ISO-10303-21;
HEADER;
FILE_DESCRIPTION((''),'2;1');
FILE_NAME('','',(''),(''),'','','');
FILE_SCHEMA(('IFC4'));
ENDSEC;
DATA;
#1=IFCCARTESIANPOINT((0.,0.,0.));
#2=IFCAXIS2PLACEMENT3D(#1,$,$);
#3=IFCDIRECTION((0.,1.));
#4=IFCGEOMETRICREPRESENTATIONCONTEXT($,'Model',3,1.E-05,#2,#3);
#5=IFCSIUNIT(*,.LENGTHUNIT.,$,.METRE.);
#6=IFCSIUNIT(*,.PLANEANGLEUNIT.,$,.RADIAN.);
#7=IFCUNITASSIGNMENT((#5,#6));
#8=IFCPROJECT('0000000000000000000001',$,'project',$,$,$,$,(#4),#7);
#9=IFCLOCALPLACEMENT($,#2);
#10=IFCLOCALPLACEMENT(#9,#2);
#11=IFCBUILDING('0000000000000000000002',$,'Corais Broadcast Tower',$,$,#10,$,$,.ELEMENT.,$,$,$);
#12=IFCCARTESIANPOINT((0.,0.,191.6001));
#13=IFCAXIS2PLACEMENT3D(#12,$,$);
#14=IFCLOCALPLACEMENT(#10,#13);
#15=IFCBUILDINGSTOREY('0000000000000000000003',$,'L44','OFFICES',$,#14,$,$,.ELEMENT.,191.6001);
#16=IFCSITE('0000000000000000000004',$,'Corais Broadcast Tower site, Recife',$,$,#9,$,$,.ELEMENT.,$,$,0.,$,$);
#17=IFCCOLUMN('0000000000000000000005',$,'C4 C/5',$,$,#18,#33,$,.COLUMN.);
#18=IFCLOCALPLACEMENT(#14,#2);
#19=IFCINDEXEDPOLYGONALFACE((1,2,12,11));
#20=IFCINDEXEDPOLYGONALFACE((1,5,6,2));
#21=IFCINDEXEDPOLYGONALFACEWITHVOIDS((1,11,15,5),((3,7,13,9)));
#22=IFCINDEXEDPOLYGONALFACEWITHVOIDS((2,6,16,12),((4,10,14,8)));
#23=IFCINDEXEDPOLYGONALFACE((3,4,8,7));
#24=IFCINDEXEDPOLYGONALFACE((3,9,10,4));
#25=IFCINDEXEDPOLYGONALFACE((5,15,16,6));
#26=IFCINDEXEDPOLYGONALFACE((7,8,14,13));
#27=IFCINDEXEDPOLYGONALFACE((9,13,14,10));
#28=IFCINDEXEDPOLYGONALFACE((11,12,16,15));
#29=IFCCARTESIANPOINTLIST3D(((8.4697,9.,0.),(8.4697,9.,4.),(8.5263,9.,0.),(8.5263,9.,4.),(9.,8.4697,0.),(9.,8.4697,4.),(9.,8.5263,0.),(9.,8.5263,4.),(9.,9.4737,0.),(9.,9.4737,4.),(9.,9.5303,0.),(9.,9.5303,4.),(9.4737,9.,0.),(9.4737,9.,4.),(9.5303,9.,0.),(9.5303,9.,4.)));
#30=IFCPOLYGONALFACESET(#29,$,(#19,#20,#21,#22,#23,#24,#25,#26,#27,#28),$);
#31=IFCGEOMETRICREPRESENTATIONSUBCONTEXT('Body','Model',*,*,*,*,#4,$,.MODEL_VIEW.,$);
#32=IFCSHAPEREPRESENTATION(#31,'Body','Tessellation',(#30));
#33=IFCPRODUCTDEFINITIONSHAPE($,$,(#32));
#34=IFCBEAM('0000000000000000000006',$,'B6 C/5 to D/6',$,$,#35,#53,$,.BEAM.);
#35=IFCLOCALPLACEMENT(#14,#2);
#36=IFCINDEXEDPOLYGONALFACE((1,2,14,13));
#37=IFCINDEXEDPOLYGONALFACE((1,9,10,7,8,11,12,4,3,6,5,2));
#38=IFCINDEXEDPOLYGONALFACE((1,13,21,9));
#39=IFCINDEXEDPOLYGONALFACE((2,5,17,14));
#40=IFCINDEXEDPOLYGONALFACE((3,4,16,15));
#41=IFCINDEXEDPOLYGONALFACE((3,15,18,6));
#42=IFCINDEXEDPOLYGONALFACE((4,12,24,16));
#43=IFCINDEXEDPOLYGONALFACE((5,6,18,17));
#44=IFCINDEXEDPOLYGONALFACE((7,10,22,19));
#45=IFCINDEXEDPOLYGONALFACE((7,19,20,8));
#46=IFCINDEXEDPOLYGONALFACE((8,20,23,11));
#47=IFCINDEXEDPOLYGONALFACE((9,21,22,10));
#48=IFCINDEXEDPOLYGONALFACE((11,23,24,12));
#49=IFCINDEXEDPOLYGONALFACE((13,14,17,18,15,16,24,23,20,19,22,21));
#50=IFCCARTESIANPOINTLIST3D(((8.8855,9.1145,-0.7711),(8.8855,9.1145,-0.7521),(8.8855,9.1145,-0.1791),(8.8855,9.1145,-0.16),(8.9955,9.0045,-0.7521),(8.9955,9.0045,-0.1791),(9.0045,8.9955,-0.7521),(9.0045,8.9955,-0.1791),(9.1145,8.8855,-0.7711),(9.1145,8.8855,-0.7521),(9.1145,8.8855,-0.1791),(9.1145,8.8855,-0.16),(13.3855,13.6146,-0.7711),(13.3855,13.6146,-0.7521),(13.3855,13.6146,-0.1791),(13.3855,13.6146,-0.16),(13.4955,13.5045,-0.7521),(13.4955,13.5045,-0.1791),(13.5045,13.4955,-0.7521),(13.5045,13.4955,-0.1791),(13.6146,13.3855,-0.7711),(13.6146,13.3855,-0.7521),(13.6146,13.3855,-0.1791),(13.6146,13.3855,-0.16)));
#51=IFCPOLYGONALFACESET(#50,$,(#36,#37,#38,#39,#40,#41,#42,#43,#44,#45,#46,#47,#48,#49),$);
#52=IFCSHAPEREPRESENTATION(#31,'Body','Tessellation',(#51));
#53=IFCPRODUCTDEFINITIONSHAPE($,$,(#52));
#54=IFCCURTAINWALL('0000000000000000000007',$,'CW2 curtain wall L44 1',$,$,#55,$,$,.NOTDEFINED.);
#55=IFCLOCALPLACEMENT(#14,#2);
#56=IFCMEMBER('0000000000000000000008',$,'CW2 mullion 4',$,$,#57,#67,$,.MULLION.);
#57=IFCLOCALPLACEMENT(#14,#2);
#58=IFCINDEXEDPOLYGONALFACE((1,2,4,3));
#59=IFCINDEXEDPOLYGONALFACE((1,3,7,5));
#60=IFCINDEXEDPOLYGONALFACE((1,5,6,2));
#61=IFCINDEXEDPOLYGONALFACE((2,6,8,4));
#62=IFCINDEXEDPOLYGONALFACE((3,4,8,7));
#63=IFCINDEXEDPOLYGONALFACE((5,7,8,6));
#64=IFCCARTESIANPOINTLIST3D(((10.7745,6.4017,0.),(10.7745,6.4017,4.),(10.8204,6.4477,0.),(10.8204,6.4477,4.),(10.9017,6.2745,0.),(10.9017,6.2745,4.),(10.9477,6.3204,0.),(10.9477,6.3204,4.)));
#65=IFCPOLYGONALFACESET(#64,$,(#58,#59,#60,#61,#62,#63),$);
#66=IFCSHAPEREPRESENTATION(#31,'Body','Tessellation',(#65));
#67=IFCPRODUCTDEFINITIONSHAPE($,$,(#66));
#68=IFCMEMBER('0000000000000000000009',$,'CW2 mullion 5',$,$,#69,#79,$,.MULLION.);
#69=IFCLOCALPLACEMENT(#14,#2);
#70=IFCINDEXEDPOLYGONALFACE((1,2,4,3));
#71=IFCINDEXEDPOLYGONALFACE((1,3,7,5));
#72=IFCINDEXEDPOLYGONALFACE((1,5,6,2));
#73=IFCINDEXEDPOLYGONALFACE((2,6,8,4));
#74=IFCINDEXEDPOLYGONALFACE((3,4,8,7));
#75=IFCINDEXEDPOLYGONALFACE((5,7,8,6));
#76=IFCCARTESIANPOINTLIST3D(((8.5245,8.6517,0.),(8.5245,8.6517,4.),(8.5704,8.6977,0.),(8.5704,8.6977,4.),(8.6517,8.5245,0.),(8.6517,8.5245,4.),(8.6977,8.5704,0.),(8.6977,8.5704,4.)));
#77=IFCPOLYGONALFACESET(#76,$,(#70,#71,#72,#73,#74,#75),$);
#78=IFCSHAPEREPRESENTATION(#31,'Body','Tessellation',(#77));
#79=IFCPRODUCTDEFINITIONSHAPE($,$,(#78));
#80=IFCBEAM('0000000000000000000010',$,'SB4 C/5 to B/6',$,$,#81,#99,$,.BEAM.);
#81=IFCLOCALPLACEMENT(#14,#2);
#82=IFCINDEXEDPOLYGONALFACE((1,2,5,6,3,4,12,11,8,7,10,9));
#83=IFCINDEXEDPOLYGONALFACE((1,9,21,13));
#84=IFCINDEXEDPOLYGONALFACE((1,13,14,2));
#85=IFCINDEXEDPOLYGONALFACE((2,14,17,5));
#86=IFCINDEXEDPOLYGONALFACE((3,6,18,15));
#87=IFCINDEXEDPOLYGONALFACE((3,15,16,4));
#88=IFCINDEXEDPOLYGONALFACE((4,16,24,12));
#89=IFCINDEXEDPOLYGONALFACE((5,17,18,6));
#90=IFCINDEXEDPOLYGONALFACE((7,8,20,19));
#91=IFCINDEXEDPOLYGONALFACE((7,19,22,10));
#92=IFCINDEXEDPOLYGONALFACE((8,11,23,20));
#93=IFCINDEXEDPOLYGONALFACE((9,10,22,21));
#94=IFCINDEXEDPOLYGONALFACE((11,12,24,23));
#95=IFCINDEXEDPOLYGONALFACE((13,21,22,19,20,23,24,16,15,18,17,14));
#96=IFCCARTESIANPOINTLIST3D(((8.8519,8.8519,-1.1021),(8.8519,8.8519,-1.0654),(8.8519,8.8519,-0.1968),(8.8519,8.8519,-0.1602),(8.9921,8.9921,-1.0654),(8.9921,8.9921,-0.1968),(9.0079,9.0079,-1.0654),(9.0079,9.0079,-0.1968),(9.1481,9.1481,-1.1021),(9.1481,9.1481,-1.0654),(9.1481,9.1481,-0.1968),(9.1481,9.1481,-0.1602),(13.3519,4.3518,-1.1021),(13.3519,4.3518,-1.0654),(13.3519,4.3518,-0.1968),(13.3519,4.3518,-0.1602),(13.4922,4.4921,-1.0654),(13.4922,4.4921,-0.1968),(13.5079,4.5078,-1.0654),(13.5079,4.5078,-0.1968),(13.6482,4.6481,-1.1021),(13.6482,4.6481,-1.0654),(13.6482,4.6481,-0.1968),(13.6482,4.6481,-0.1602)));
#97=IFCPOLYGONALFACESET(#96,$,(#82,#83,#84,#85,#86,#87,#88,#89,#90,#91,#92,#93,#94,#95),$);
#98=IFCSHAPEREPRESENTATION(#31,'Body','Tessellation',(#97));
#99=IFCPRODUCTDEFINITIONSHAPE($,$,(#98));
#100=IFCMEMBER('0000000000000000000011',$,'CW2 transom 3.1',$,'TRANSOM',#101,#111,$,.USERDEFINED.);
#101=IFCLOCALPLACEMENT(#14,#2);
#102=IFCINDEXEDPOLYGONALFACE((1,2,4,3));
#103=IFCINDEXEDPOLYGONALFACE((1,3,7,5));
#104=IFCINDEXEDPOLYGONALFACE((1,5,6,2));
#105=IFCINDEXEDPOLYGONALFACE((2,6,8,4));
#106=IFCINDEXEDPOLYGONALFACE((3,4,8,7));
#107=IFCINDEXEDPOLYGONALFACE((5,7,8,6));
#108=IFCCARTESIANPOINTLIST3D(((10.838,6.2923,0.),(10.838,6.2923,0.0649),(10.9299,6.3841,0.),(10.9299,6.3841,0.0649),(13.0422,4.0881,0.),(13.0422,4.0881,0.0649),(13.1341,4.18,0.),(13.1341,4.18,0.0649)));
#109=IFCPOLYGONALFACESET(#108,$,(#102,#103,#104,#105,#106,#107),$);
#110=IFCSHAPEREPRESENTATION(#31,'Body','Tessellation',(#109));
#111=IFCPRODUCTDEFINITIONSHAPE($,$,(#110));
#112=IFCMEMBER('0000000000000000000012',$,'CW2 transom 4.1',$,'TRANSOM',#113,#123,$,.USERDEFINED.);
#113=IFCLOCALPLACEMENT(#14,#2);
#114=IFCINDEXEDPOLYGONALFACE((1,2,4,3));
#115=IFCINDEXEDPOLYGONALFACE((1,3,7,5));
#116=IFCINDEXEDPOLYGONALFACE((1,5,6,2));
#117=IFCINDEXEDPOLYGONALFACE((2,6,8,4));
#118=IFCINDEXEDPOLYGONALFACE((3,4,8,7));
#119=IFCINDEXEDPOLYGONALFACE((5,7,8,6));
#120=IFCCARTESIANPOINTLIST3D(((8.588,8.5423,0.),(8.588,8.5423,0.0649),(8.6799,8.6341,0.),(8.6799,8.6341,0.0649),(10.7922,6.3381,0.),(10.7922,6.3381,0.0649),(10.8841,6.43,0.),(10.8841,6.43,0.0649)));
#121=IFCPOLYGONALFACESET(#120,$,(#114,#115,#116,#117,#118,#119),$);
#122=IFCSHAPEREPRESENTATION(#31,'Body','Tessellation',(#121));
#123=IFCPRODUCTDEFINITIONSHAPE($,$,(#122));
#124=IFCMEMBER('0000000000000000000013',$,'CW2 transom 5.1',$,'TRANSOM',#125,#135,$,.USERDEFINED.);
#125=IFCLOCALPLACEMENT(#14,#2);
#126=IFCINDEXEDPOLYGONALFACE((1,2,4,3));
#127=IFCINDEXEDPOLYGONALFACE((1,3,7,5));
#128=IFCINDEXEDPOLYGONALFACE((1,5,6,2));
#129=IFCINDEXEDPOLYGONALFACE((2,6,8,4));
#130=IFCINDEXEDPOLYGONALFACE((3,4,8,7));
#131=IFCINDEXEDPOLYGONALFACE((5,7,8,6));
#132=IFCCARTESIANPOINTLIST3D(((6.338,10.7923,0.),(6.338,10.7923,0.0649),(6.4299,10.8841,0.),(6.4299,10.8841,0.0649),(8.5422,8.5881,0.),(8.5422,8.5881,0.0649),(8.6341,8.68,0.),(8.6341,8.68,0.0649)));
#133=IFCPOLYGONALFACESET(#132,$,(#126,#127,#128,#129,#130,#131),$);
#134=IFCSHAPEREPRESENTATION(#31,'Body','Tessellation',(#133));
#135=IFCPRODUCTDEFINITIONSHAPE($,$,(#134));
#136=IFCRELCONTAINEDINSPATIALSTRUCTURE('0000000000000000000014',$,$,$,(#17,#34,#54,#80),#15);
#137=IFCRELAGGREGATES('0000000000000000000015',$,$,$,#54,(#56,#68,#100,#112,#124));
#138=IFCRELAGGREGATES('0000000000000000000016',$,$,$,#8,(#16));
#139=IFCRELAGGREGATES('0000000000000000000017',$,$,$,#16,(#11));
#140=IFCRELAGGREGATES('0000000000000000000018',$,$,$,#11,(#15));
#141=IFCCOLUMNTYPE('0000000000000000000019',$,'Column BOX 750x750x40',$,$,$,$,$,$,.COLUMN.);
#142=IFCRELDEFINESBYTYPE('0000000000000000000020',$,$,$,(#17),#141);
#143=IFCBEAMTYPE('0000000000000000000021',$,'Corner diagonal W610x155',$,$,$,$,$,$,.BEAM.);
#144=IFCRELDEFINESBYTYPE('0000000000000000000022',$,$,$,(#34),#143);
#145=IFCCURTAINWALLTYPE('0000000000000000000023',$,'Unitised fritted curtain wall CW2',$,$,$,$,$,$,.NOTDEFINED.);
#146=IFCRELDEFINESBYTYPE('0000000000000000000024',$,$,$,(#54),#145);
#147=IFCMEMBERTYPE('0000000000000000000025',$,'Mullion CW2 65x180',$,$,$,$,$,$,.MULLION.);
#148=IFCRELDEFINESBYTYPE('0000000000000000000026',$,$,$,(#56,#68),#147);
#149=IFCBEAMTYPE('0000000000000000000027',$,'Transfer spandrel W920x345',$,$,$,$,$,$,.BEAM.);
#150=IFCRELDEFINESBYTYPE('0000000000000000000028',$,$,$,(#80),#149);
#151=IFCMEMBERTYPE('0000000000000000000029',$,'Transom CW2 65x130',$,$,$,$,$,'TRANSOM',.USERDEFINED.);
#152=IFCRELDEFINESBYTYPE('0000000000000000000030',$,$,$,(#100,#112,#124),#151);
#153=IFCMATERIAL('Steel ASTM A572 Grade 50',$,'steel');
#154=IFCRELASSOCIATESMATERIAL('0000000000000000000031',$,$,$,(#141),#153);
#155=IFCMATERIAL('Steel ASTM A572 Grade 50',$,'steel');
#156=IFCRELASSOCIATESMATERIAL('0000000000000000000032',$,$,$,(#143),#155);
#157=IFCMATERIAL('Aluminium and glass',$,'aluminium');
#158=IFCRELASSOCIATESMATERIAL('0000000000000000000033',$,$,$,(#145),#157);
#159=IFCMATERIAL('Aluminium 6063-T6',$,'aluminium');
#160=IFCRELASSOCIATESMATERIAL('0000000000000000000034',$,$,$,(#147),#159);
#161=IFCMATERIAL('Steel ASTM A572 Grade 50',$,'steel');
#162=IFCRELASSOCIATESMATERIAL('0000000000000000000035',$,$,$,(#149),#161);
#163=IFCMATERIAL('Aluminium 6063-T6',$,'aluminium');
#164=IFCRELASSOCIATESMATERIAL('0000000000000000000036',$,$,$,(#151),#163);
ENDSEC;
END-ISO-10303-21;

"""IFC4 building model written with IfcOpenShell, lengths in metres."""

from ifc_helpers import new_model, si_unit, direction, frame, origin, origin_2d, place, context, subcontext, project, spatial, rectangle, hollow_rectangle, i_section, extrude, material, material_profile, profile_set, type_object, element, aggregate, save


model = new_model("IFC4")

# Units and contexts
model_context = context("Model", 3, precision=1e-05, world=origin(), true_north=direction((0.0, 1.0)))
body_context = subcontext(model_context, "Body", "Model", "MODEL_VIEW")
ifc_project = project(units=[si_unit("LENGTHUNIT", "METRE"), si_unit("PLANEANGLEUNIT", "RADIAN")], contexts=[model_context])

# Site, building, storey
site_placement = place(None, origin())
site = spatial("IfcSite", under=ifc_project, at=site_placement, Name="Corais Broadcast Tower site, Recife", CompositionType="ELEMENT", RefElevation=0.0)
building_placement = place(site_placement, origin())
building = spatial("IfcBuilding", under=site, at=building_placement, Name="Corais Broadcast Tower", CompositionType="ELEMENT")
storey_placement = place(building_placement, frame((0.0, 0.0, 191.6001)))
storey = spatial("IfcBuildingStorey", under=building, at=storey_placement, Name="L44", Description="OFFICES", CompositionType="ELEMENT", Elevation=191.6001)

# Column
ifc_material_1 = material(Name="Steel ASTM A572 Grade 50", Category="steel")
ifc_material_profile_1 = material_profile(ifc_material_1, hollow_rectangle(XDim=0.75, YDim=0.75, WallThickness=0.04, at=origin_2d()), Name="BOX 750x750x40")
ifc_profile_set_1 = profile_set([ifc_material_profile_1], Name="Steel ASTM A572 Grade 50")
column_type = type_object("IfcColumnType", Name="Column BOX 750x750x40", PredefinedType="COLUMN", material=ifc_profile_set_1)
column_placement = place(storey_placement, frame((9.0, 9.0, 0.0), z_axis=(0.0, 0.0, 1.0), x_axis=(0.707107, 0.707107, 0.0)))
element("IfcColumn", 1, at=column_placement, inside=storey, type_object=column_type, Name="C4 C/5", PredefinedType="COLUMN", context=body_context, shape_type="SweptSolid", body=[
    extrude(hollow_rectangle(XDim=0.75, YDim=0.75, WallThickness=0.04, at=origin_2d()), origin(), (0.0, 0.0, 1.0), 4.0),
])

# Beam
ifc_material_2 = material(Name="Steel ASTM A572 Grade 50", Category="steel")
ifc_material_profile_2 = material_profile(ifc_material_2, i_section(OverallWidth=0.324, OverallDepth=0.6111, WebThickness=0.0127, FlangeThickness=0.019, at=origin_2d()), Name="W610x155")
ifc_profile_set_2 = profile_set([ifc_material_profile_2], Name="Steel ASTM A572 Grade 50")
beam_type_1 = type_object("IfcBeamType", Name="Corner diagonal W610x155", PredefinedType="BEAM", material=ifc_profile_set_2)
beam_1_placement = place(storey_placement, frame((9.0, 9.0, -0.4656), z_axis=(0.707107, 0.707107, 0.0), x_axis=(-0.707107, 0.707107, 0.0)))
element("IfcBeam", 2, at=beam_1_placement, inside=storey, type_object=beam_type_1, Name="B6 C/5 to D/6", PredefinedType="BEAM", context=body_context, shape_type="SweptSolid", body=[
    extrude(i_section(OverallWidth=0.324, OverallDepth=0.6111, WebThickness=0.0127, FlangeThickness=0.019, at=origin_2d()), origin(), (0.0, 0.0, 1.0), 6.364),
])

# Curtain wall, members
ifc_material_3 = material(Name="Aluminium and glass", Category="aluminium")
curtain_wall_type = type_object("IfcCurtainWallType", Name="Unitised fritted curtain wall CW2", PredefinedType="NOTDEFINED", material=ifc_material_3)
curtain_wall_placement = place(storey_placement, origin())
curtain_wall = element("IfcCurtainWall", 3, at=curtain_wall_placement, inside=storey, type_object=curtain_wall_type, Name="CW2 curtain wall L44 1", PredefinedType="NOTDEFINED")
ifc_material_4 = material(Name="Aluminium 6063-T6", Category="aluminium")
ifc_material_profile_3 = material_profile(ifc_material_4, rectangle(XDim=0.0649, YDim=0.1799, at=origin_2d()), Name="Mullion CW2 65x180")
ifc_profile_set_3 = profile_set([ifc_material_profile_3], Name="Aluminium 6063-T6")
member_type_1 = type_object("IfcMemberType", Name="Mullion CW2 65x180", PredefinedType="MULLION", material=ifc_profile_set_3)
member_1_placement = place(storey_placement, frame((10.8611, 6.3611, 0.0), z_axis=(0.0, 0.0, 1.0), x_axis=(-0.707107, -0.707107, 0.0)))
member_1 = element("IfcMember", 4, at=member_1_placement, type_object=member_type_1, Name="CW2 mullion 4", PredefinedType="MULLION", context=body_context, shape_type="SweptSolid", body=[
    extrude(rectangle(XDim=0.0649, YDim=0.1799, at=origin_2d()), origin(), (0.0, 0.0, 1.0), 4.0),
])
member_2_placement = place(storey_placement, frame((8.6111, 8.6111, 0.0), z_axis=(0.0, 0.0, 1.0), x_axis=(-0.707107, -0.707107, 0.0)))
member_2 = element("IfcMember", 5, at=member_2_placement, type_object=member_type_1, Name="CW2 mullion 5", PredefinedType="MULLION", context=body_context, shape_type="SweptSolid", body=[
    extrude(rectangle(XDim=0.0649, YDim=0.1799, at=origin_2d()), origin(), (0.0, 0.0, 1.0), 4.0),
])

# Beam
ifc_material_5 = material(Name="Steel ASTM A572 Grade 50", Category="steel")
ifc_material_profile_4 = material_profile(ifc_material_5, i_section(OverallWidth=0.4189, OverallDepth=0.9419, WebThickness=0.0222, FlangeThickness=0.0366, at=origin_2d()), Name="W920x345")
ifc_profile_set_4 = profile_set([ifc_material_profile_4], Name="Steel ASTM A572 Grade 50")
beam_type_2 = type_object("IfcBeamType", Name="Transfer spandrel W920x345", PredefinedType="BEAM", material=ifc_profile_set_4)
beam_2_placement = place(storey_placement, frame((9.0, 9.0, -0.6311), z_axis=(0.707107, -0.707107, 0.0), x_axis=(0.707107, 0.707107, 0.0)))
element("IfcBeam", 6, at=beam_2_placement, inside=storey, type_object=beam_type_2, Name="SB4 C/5 to B/6", PredefinedType="BEAM", context=body_context, shape_type="SweptSolid", body=[
    extrude(i_section(OverallWidth=0.4189, OverallDepth=0.9419, WebThickness=0.0222, FlangeThickness=0.0366, at=origin_2d()), origin(), (0.0, 0.0, 1.0), 6.364),
])

# Members
ifc_material_6 = material(Name="Aluminium 6063-T6", Category="aluminium")
ifc_material_profile_5 = material_profile(ifc_material_6, rectangle(XDim=0.1299, YDim=0.0649, at=origin_2d()), Name="Transom CW2 65x130")
ifc_profile_set_5 = profile_set([ifc_material_profile_5], Name="Aluminium 6063-T6")
member_type_2 = type_object("IfcMemberType", Name="Transom CW2 65x130", ElementType="TRANSOM", PredefinedType="USERDEFINED", material=ifc_profile_set_5)
member_3_placement = place(storey_placement, frame((13.0881, 4.134, 0.0325), z_axis=(-0.707107, 0.707107, 0.0), x_axis=(-0.707107, -0.707107, 0.0)))
member_3 = element("IfcMember", 7, at=member_3_placement, type_object=member_type_2, Name="CW2 transom 3.1", ObjectType="TRANSOM", PredefinedType="USERDEFINED", context=body_context, shape_type="SweptSolid", body=[
    extrude(rectangle(XDim=0.1299, YDim=0.0649, at=origin_2d()), origin(), (0.0, 0.0, 1.0), 3.1172),
])
member_4_placement = place(storey_placement, frame((10.8381, 6.384, 0.0325), z_axis=(-0.707107, 0.707107, 0.0), x_axis=(-0.707107, -0.707107, 0.0)))
member_4 = element("IfcMember", 8, at=member_4_placement, type_object=member_type_2, Name="CW2 transom 4.1", ObjectType="TRANSOM", PredefinedType="USERDEFINED", context=body_context, shape_type="SweptSolid", body=[
    extrude(rectangle(XDim=0.1299, YDim=0.0649, at=origin_2d()), origin(), (0.0, 0.0, 1.0), 3.1172),
])
member_5_placement = place(storey_placement, frame((8.5881, 8.634, 0.0325), z_axis=(-0.707107, 0.707107, 0.0), x_axis=(-0.707107, -0.707107, 0.0)))
member_5 = element("IfcMember", 9, at=member_5_placement, type_object=member_type_2, Name="CW2 transom 5.1", ObjectType="TRANSOM", PredefinedType="USERDEFINED", context=body_context, shape_type="SweptSolid", body=[
    extrude(rectangle(XDim=0.1299, YDim=0.0649, at=origin_2d()), origin(), (0.0, 0.0, 1.0), 3.1172),
])

aggregate(curtain_wall, [member_1, member_2, member_3, member_4, member_5])

save(model, "model.ifc")
